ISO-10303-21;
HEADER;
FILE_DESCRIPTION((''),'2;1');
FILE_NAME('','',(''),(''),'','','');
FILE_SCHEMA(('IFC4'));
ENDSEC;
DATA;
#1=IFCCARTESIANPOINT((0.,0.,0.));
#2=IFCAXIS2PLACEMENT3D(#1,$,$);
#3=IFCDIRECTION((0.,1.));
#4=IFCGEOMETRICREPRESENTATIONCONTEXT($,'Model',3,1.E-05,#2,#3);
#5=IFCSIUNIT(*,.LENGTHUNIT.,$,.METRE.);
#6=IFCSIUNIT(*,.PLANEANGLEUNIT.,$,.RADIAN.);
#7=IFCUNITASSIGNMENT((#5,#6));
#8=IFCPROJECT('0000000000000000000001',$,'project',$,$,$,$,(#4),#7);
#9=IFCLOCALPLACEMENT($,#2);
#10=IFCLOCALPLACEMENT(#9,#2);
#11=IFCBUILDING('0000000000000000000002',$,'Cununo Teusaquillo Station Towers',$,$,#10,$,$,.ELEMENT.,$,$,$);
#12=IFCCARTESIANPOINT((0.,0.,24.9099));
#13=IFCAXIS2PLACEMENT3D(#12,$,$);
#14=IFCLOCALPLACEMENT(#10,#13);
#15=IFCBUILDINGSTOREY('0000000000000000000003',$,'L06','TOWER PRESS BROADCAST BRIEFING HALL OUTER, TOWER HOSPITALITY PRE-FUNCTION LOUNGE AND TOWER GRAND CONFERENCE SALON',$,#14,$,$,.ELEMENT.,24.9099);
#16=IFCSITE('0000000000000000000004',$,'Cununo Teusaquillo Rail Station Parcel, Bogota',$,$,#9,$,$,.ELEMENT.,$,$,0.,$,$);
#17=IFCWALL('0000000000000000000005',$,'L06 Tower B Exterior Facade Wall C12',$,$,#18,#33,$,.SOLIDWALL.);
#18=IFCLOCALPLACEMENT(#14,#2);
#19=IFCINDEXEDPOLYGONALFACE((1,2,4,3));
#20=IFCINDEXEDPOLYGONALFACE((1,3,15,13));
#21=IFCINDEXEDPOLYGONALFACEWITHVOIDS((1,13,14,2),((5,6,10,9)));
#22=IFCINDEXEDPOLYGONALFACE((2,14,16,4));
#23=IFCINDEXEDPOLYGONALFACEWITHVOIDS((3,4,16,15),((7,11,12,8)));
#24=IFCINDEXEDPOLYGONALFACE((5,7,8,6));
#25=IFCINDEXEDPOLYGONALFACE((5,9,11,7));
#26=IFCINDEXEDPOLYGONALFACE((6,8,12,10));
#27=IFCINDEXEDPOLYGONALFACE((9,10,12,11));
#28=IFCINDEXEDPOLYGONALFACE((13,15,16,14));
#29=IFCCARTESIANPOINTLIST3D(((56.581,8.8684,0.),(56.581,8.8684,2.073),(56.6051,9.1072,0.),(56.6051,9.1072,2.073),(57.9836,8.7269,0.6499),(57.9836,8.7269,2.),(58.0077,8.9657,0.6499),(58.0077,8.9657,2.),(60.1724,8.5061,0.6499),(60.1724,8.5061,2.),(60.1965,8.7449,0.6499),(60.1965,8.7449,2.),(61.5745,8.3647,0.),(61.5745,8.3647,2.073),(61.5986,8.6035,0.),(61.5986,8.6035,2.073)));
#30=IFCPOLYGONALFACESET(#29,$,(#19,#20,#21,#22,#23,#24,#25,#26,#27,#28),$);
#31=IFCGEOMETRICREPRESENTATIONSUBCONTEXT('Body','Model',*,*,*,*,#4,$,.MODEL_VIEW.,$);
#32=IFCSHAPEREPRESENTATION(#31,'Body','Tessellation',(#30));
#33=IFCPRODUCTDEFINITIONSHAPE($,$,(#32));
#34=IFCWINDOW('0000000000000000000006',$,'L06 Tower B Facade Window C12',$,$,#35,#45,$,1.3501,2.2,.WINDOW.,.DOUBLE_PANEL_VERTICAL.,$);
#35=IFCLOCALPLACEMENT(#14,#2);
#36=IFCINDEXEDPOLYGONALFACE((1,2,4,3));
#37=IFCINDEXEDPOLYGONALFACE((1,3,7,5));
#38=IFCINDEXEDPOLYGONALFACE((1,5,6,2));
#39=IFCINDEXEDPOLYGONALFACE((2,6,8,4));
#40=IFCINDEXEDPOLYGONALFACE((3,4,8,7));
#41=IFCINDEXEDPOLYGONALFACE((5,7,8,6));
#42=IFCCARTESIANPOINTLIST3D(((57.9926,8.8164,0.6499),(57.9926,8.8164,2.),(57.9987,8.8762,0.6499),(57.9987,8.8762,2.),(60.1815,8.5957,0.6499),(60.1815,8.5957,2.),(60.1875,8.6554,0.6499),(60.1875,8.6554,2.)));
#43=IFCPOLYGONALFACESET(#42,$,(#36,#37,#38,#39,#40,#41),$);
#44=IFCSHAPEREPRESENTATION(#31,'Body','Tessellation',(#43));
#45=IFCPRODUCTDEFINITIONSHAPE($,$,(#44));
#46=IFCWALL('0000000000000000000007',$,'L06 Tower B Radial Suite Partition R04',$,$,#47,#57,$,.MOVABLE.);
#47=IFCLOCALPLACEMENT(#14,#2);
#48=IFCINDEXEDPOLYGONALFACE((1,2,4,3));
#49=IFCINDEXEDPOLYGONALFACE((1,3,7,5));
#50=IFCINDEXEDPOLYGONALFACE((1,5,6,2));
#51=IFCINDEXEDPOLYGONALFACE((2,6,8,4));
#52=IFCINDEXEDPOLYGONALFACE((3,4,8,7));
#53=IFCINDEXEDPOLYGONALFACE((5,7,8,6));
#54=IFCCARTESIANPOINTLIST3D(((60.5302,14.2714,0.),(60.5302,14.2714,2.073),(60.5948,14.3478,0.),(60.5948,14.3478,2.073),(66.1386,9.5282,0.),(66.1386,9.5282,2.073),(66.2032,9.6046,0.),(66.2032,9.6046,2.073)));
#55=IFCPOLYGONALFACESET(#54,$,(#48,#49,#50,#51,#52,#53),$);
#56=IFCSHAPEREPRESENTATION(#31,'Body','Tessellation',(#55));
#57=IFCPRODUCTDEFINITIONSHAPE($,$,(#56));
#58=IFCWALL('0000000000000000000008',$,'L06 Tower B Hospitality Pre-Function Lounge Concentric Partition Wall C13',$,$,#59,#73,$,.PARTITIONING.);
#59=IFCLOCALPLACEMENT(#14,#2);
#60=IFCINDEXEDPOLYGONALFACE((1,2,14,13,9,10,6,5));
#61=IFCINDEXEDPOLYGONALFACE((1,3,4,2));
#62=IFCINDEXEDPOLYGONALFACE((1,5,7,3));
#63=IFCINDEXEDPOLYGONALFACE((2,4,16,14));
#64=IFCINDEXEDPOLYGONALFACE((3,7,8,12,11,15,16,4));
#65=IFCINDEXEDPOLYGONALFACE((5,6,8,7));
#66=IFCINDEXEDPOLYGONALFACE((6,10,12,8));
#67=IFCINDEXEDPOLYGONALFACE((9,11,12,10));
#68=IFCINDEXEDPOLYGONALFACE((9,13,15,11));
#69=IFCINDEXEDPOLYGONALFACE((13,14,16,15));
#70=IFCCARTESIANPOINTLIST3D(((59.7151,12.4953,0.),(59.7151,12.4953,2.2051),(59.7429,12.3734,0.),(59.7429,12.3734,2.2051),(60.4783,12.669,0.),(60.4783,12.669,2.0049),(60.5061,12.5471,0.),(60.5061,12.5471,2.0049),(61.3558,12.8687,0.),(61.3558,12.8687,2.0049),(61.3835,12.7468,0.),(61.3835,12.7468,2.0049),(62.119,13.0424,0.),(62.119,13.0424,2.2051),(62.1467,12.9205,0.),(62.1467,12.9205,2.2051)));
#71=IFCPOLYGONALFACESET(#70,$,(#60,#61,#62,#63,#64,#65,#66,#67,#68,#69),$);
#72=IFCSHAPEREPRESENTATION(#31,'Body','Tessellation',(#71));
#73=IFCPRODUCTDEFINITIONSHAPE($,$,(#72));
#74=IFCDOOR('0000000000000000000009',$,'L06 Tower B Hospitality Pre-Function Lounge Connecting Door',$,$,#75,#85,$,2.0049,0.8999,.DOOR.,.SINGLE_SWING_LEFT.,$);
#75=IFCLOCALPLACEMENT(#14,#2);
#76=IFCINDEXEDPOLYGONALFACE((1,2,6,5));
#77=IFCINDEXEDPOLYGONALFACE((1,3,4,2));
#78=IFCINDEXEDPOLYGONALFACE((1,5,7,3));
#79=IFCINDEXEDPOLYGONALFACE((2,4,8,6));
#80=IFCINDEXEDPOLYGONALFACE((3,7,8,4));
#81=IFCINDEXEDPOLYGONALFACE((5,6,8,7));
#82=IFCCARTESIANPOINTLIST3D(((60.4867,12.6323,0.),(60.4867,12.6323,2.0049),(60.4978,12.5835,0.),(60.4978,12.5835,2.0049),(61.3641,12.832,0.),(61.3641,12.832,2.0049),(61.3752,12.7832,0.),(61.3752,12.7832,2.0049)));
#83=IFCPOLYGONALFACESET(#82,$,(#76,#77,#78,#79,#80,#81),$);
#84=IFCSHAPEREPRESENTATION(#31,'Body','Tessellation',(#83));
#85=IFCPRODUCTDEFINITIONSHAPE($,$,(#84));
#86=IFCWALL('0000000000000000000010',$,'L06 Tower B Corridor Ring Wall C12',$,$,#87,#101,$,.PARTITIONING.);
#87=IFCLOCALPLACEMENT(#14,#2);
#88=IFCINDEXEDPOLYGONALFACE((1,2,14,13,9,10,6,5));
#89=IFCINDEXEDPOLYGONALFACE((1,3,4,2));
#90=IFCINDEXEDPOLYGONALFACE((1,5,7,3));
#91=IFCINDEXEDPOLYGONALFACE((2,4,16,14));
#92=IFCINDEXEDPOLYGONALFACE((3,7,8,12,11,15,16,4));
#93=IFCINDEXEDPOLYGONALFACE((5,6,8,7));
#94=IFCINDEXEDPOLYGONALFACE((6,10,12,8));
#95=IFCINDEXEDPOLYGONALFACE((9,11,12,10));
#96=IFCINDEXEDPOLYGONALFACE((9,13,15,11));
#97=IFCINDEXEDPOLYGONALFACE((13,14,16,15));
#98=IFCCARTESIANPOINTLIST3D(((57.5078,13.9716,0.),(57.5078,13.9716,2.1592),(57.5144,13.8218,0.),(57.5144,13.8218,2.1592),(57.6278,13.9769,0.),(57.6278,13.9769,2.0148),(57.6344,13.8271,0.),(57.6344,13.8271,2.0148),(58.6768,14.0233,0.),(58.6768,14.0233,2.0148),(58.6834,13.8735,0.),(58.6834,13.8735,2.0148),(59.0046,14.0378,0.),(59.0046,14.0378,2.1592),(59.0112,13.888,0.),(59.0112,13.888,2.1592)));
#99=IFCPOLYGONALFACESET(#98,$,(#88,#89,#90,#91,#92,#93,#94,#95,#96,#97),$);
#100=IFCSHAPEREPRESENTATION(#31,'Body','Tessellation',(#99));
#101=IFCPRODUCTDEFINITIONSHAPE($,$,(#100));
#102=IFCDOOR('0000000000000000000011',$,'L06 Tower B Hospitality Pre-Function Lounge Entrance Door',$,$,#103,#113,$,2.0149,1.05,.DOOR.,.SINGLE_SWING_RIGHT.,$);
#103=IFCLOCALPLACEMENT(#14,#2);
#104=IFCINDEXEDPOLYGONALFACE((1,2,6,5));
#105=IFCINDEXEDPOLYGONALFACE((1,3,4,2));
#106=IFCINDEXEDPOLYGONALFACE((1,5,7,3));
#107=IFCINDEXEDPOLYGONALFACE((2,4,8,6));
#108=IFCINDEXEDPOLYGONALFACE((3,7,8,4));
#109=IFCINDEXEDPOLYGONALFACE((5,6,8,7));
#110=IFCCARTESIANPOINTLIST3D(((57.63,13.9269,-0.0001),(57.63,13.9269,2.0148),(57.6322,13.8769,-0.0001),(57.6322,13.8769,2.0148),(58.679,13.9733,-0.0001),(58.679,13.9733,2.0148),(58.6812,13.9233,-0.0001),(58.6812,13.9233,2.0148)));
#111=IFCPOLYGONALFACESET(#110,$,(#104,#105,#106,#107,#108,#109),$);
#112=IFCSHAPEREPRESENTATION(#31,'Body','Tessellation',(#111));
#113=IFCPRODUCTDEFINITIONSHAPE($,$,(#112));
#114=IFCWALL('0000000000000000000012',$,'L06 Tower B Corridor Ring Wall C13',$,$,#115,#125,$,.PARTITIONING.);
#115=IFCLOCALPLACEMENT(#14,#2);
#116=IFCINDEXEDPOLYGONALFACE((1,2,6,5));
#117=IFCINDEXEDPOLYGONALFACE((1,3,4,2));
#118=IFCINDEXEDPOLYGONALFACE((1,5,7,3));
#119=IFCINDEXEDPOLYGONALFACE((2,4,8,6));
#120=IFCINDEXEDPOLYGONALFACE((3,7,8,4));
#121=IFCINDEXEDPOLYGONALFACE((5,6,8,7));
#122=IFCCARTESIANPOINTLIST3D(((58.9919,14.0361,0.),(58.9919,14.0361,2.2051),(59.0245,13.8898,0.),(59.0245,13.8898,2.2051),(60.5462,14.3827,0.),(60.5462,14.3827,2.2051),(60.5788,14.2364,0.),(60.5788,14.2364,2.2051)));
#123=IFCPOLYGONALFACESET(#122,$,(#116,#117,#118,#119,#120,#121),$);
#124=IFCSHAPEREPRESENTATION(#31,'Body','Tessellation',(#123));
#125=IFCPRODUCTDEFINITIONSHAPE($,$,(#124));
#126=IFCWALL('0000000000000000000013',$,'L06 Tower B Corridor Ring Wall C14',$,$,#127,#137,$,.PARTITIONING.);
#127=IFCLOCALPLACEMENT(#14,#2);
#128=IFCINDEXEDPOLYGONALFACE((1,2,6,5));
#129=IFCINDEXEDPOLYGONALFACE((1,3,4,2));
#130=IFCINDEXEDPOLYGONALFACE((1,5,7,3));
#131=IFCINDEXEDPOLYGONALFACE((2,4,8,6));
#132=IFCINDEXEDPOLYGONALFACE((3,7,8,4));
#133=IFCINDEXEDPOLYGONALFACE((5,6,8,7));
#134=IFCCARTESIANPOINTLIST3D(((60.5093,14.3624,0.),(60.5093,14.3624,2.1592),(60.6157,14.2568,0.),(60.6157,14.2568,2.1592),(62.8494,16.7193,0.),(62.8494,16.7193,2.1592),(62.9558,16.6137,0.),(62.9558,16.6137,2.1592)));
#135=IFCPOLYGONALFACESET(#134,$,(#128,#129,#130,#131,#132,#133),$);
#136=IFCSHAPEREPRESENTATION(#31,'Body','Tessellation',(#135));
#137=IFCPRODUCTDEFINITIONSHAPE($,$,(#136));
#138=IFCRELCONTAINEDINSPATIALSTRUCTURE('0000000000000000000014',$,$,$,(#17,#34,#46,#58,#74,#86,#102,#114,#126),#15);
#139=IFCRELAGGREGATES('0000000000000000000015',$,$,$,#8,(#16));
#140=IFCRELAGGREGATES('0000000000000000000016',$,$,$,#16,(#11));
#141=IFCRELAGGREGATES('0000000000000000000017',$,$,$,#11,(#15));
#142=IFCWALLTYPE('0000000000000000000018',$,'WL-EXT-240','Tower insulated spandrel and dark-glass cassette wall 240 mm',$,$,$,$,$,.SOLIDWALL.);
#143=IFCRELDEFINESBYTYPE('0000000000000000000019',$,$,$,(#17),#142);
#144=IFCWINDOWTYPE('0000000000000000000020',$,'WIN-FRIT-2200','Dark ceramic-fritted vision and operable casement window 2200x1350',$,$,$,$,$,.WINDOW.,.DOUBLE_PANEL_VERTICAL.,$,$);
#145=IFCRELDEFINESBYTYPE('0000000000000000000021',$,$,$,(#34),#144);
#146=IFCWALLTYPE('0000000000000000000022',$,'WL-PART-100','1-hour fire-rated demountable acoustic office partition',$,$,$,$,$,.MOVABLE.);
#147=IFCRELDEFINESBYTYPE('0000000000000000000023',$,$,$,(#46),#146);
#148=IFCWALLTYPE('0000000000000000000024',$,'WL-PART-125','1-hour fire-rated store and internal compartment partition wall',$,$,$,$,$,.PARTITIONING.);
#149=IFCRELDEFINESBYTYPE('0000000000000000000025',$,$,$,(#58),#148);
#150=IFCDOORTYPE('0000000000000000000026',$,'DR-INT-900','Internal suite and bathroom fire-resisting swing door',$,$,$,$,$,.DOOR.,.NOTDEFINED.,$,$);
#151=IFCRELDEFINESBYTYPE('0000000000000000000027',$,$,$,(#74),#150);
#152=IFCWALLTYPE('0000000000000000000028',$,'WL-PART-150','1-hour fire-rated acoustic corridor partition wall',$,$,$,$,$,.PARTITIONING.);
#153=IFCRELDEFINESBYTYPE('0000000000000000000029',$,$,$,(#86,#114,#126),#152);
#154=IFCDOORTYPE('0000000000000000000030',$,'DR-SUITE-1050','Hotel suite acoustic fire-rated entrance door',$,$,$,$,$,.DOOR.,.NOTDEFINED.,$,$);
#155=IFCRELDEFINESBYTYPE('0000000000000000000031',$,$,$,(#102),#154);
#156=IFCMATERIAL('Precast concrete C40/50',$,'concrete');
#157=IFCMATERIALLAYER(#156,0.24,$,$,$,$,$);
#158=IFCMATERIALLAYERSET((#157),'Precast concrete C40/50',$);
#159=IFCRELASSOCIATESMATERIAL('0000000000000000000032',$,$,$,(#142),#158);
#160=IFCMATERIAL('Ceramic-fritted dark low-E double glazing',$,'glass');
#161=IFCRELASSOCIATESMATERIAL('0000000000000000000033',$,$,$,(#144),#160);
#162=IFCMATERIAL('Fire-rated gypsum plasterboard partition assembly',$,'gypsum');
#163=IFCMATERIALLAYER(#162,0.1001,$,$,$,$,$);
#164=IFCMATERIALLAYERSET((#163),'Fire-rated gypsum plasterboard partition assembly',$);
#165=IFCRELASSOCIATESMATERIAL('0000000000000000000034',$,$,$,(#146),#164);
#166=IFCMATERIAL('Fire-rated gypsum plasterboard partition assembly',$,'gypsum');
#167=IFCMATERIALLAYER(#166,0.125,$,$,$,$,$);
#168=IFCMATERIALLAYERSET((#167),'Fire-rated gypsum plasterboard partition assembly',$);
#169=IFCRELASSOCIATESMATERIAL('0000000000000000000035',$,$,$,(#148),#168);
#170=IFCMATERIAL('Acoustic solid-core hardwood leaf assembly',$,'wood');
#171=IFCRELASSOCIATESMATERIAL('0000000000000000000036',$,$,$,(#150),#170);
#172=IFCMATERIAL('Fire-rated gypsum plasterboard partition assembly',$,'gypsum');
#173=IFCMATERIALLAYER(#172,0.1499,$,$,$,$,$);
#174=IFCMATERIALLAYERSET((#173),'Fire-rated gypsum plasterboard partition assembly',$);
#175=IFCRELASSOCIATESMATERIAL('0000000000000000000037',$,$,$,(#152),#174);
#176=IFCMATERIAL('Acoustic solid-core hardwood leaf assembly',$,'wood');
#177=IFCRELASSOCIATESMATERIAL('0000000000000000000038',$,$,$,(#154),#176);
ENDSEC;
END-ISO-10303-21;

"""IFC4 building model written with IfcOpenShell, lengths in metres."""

from ifc_helpers import new_model, si_unit, direction, frame, frame_2d, origin, place, context, subcontext, project, spatial, rectangle, extrude, source, transform, mapped, material, layer, layer_set, type_object, element, fill, save


model = new_model("IFC4")

# Units and contexts
model_context = context("Model", 3, precision=1e-05, world=origin(), true_north=direction((0.0, 1.0)))
body_context = subcontext(model_context, "Body", "Model", "MODEL_VIEW")
ifc_project = project(units=[si_unit("LENGTHUNIT", "METRE"), si_unit("PLANEANGLEUNIT", "RADIAN")], contexts=[model_context])

# Site, building, storey
site_placement = place(None, origin())
site = spatial("IfcSite", under=ifc_project, at=site_placement, Name="Cununo Teusaquillo Rail Station Parcel, Bogota", CompositionType="ELEMENT", RefElevation=0.0)
building_placement = place(site_placement, origin())
building = spatial("IfcBuilding", under=site, at=building_placement, Name="Cununo Teusaquillo Station Towers", CompositionType="ELEMENT")
storey_placement = place(building_placement, frame((0.0, 0.0, 24.9099)))
storey = spatial("IfcBuildingStorey", under=building, at=storey_placement, Name="L06", Description="TOWER PRESS BROADCAST BRIEFING HALL OUTER, TOWER HOSPITALITY PRE-FUNCTION LOUNGE AND TOWER GRAND CONFERENCE SALON", CompositionType="ELEMENT", Elevation=24.9099)

# Wall, opening, window
ifc_material_1 = material(Name="Precast concrete C40/50", Category="concrete")
ifc_layer_1 = layer(ifc_material_1, 0.24)
ifc_layer_set_1 = layer_set([ifc_layer_1], Name="Precast concrete C40/50")
wall_type_1 = type_object("IfcWallType", Name="WL-EXT-240", Description="Tower insulated spandrel and dark-glass cassette wall 240 mm", PredefinedType="SOLIDWALL", material=ifc_layer_set_1)
wall_1_placement = place(storey_placement, frame((61.5864, 8.4841, 0.0), z_axis=(0.0, 0.0, 1.0), x_axis=(-0.994952, 0.100356, 0.0)))
wall_1 = element("IfcWall", 1, at=wall_1_placement, inside=storey, type_object=wall_type_1, Name="L06 Tower B Exterior Facade Wall C12", PredefinedType="SOLIDWALL", context=body_context, shape_type="SweptSolid", body=[
    extrude(rectangle(XDim=5.0188, YDim=0.24, at=frame_2d((2.5093, 0.0))), origin(), (0.0, 0.0, 1.0), 2.073),
])
shared_shape_1 = source(origin(), body_context, "Body", "SweptSolid", [
    extrude(rectangle(XDim=2.2, YDim=1.3501, at=frame_2d((1.1001, 0.675))), frame((0.0, 0.1299, 0.0), z_axis=(0.0, -1.0, 0.0), x_axis=(1.0, 0.0, 0.0)), (0.0, 0.0, 1.0), 0.26),
])
opening_1_placement = place(wall_1_placement, frame((1.4089, 0.0, 0.6499)))
opening_1 = element("IfcOpeningElement", 2, at=opening_1_placement, cuts=wall_1, PredefinedType="OPENING", context=body_context, shape_type="MappedRepresentation", body=[
    mapped(shared_shape_1, transform((0.0, 0.0, 0.0), x_axis=(1.0, 0.0, 0.0), y_axis=(0.0, 1.0, 0.0), z_axis=(0.0, 0.0, 1.0), scale=1.0)),
])
ifc_material_2 = material(Name="Ceramic-fritted dark low-E double glazing", Category="glass")
window_type = type_object("IfcWindowType", Name="WIN-FRIT-2200", Description="Dark ceramic-fritted vision and operable casement window 2200x1350", PartitioningType="DOUBLE_PANEL_VERTICAL", PredefinedType="WINDOW", material=ifc_material_2)
shared_shape_2 = source(origin(), body_context, "Body", "SweptSolid", [
    extrude(rectangle(XDim=2.2, YDim=1.3501, at=frame_2d((1.1001, 0.675))), frame((0.0, 0.03, 0.0), z_axis=(0.0, -1.0, 0.0), x_axis=(1.0, 0.0, 0.0)), (0.0, 0.0, 1.0), 0.0601),
])
window_placement = place(opening_1_placement, origin())
window = element("IfcWindow", 3, at=window_placement, inside=storey, type_object=window_type, Name="L06 Tower B Facade Window C12", OverallHeight=1.3501, OverallWidth=2.2, PartitioningType="DOUBLE_PANEL_VERTICAL", PredefinedType="WINDOW", context=body_context, shape_type="MappedRepresentation", body=[
    mapped(shared_shape_2, transform((0.0, 0.0, 0.0), x_axis=(1.0, 0.0, 0.0), y_axis=(0.0, 1.0, 0.0), z_axis=(0.0, 0.0, 1.0), scale=1.0)),
])
fill(opening_1, window)

# Wall
ifc_material_3 = material(Name="Fire-rated gypsum plasterboard partition assembly", Category="gypsum")
ifc_layer_2 = layer(ifc_material_3, 0.1001)
ifc_layer_set_2 = layer_set([ifc_layer_2], Name="Fire-rated gypsum plasterboard partition assembly")
wall_type_2 = type_object("IfcWallType", Name="WL-PART-100", Description="1-hour fire-rated demountable acoustic office partition", PredefinedType="MOVABLE", material=ifc_layer_set_2)
wall_2_placement = place(storey_placement, frame((60.5625, 14.3096, 0.0), z_axis=(0.0, 0.0, 1.0), x_axis=(0.763548, -0.645752, 0.0)))
element("IfcWall", 4, at=wall_2_placement, inside=storey, type_object=wall_type_2, Name="L06 Tower B Radial Suite Partition R04", PredefinedType="MOVABLE", context=body_context, shape_type="SweptSolid", body=[
    extrude(rectangle(XDim=7.3452, YDim=0.1001, at=frame_2d((3.6726, 0.0))), origin(), (0.0, 0.0, 1.0), 2.073),
])

# Walls, openings, doors
ifc_material_4 = material(Name="Fire-rated gypsum plasterboard partition assembly", Category="gypsum")
ifc_layer_3 = layer(ifc_material_4, 0.125)
ifc_layer_set_3 = layer_set([ifc_layer_3], Name="Fire-rated gypsum plasterboard partition assembly")
wall_type_3 = type_object("IfcWallType", Name="WL-PART-125", Description="1-hour fire-rated store and internal compartment partition wall", PredefinedType="PARTITIONING", material=ifc_layer_set_3)
wall_3_placement = place(storey_placement, frame((59.729, 12.4343, 0.0), z_axis=(0.0, 0.0, 1.0), x_axis=(0.975063, 0.221929, 0.0)))
wall_3 = element("IfcWall", 5, at=wall_3_placement, inside=storey, type_object=wall_type_3, Name="L06 Tower B Hospitality Pre-Function Lounge Concentric Partition Wall C13", PredefinedType="PARTITIONING", context=body_context, shape_type="SweptSolid", body=[
    extrude(rectangle(XDim=2.4653, YDim=0.125, at=frame_2d((1.2327, 0.0))), origin(), (0.0, 0.0, 1.0), 2.2051),
])
shared_shape_3 = source(origin(), body_context, "Body", "SweptSolid", [
    extrude(rectangle(XDim=0.8999, YDim=2.0049, at=frame_2d((0.45, 1.0024))), frame((0.0, 0.0725, 0.0), z_axis=(0.0, -1.0, 0.0), x_axis=(1.0, 0.0, 0.0)), (0.0, 0.0, 1.0), 0.145),
])
opening_2_placement = place(wall_3_placement, frame((0.7827, 0.0, 0.0)))
opening_2 = element("IfcOpeningElement", 6, at=opening_2_placement, cuts=wall_3, PredefinedType="OPENING", context=body_context, shape_type="MappedRepresentation", body=[
    mapped(shared_shape_3, transform((0.0, 0.0, 0.0), x_axis=(1.0, 0.0, 0.0), y_axis=(0.0, 1.0, 0.0), z_axis=(0.0, 0.0, 1.0), scale=1.0)),
])
ifc_material_5 = material(Name="Acoustic solid-core hardwood leaf assembly", Category="wood")
door_type_1 = type_object("IfcDoorType", Name="DR-INT-900", Description="Internal suite and bathroom fire-resisting swing door", OperationType="NOTDEFINED", PredefinedType="DOOR", material=ifc_material_5)
shared_shape_4 = source(origin(), body_context, "Body", "SweptSolid", [
    extrude(rectangle(XDim=0.8999, YDim=2.0049, at=frame_2d((0.45, 1.0024))), frame((0.0, 0.0249, 0.0), z_axis=(0.0, -1.0, 0.0), x_axis=(1.0, 0.0, 0.0)), (0.0, 0.0, 1.0), 0.05),
])
door_1_placement = place(opening_2_placement, origin())
door_1 = element("IfcDoor", 7, at=door_1_placement, inside=storey, type_object=door_type_1, Name="L06 Tower B Hospitality Pre-Function Lounge Connecting Door", OperationType="SINGLE_SWING_LEFT", OverallHeight=2.0049, OverallWidth=0.8999, PredefinedType="DOOR", context=body_context, shape_type="MappedRepresentation", body=[
    mapped(shared_shape_4, transform((0.0, 0.0, 0.0), x_axis=(1.0, 0.0, 0.0), y_axis=(0.0, 1.0, 0.0), z_axis=(0.0, 0.0, 1.0), scale=1.0)),
])
fill(opening_2, door_1)
ifc_material_6 = material(Name="Fire-rated gypsum plasterboard partition assembly", Category="gypsum")
ifc_layer_4 = layer(ifc_material_6, 0.1499)
ifc_layer_set_4 = layer_set([ifc_layer_4], Name="Fire-rated gypsum plasterboard partition assembly")
wall_type_4 = type_object("IfcWallType", Name="WL-PART-150", Description="1-hour fire-rated acoustic corridor partition wall", PredefinedType="PARTITIONING", material=ifc_layer_set_4)
wall_4_placement = place(storey_placement, frame((57.5112, 13.8967, 0.0), z_axis=(0.0, 0.0, 1.0), x_axis=(0.999025, 0.044158, 0.0)))
wall_4 = element("IfcWall", 8, at=wall_4_placement, inside=storey, type_object=wall_type_4, Name="L06 Tower B Corridor Ring Wall C12", PredefinedType="PARTITIONING", context=body_context, shape_type="SweptSolid", body=[
    extrude(rectangle(XDim=1.4983, YDim=0.1499, at=frame_2d((0.749, 0.0))), origin(), (0.0, 0.0, 1.0), 2.1592),
])
shared_shape_5 = source(origin(), body_context, "Body", "SweptSolid", [
    extrude(rectangle(XDim=1.05, YDim=2.0149, at=frame_2d((0.5249, 1.0073))), frame((0.0, 0.085, 0.0), z_axis=(0.0, -1.0, 0.0), x_axis=(1.0, 0.0, 0.0)), (0.0, 0.0, 1.0), 0.1699),
])
opening_3_placement = place(wall_4_placement, frame((0.1201, 0.0, 0.0)))
opening_3 = element("IfcOpeningElement", 9, at=opening_3_placement, cuts=wall_4, PredefinedType="OPENING", context=body_context, shape_type="MappedRepresentation", body=[
    mapped(shared_shape_5, transform((0.0, 0.0, 0.0), x_axis=(1.0, 0.0, 0.0), y_axis=(0.0, 1.0, 0.0), z_axis=(0.0, 0.0, 1.0), scale=1.0)),
])
ifc_material_7 = material(Name="Acoustic solid-core hardwood leaf assembly", Category="wood")
door_type_2 = type_object("IfcDoorType", Name="DR-SUITE-1050", Description="Hotel suite acoustic fire-rated entrance door", OperationType="NOTDEFINED", PredefinedType="DOOR", material=ifc_material_7)
shared_shape_6 = source(origin(), body_context, "Body", "SweptSolid", [
    extrude(rectangle(XDim=1.05, YDim=2.0149, at=frame_2d((0.5249, 1.0073))), frame((0.0, 0.0249, 0.0), z_axis=(0.0, -1.0, 0.0), x_axis=(1.0, 0.0, 0.0)), (0.0, 0.0, 1.0), 0.05),
])
door_2_placement = place(opening_3_placement, origin())
door_2 = element("IfcDoor", 10, at=door_2_placement, inside=storey, type_object=door_type_2, Name="L06 Tower B Hospitality Pre-Function Lounge Entrance Door", OperationType="SINGLE_SWING_RIGHT", OverallHeight=2.0149, OverallWidth=1.05, PredefinedType="DOOR", context=body_context, shape_type="MappedRepresentation", body=[
    mapped(shared_shape_6, transform((0.0, 0.0, 0.0), x_axis=(1.0, 0.0, 0.0), y_axis=(0.0, 1.0, 0.0), z_axis=(0.0, 0.0, 1.0), scale=1.0)),
])
fill(opening_3, door_2)

# Walls
wall_5_placement = place(storey_placement, frame((59.0081, 13.9629, 0.0), z_axis=(0.0, 0.0, 1.0), x_axis=(0.976021, 0.217677, 0.0)))
element("IfcWall", 11, at=wall_5_placement, inside=storey, type_object=wall_type_4, Name="L06 Tower B Corridor Ring Wall C13", PredefinedType="PARTITIONING", context=body_context, shape_type="SweptSolid", body=[
    extrude(rectangle(XDim=1.5925, YDim=0.1499, at=frame_2d((0.7964, 0.0))), origin(), (0.0, 0.0, 1.0), 2.2051),
])
wall_6_placement = place(storey_placement, frame((60.5625, 14.3096, 0.0), z_axis=(0.0, 0.0, 1.0), x_axis=(0.704566, 0.709638, 0.0)))
element("IfcWall", 12, at=wall_6_placement, inside=storey, type_object=wall_type_4, Name="L06 Tower B Corridor Ring Wall C14", PredefinedType="PARTITIONING", context=body_context, shape_type="SweptSolid", body=[
    extrude(rectangle(XDim=3.3213, YDim=0.1499, at=frame_2d((1.6606, 0.0))), origin(), (0.0, 0.0, 1.0), 2.1592),
])

save(model, "model.ifc")
